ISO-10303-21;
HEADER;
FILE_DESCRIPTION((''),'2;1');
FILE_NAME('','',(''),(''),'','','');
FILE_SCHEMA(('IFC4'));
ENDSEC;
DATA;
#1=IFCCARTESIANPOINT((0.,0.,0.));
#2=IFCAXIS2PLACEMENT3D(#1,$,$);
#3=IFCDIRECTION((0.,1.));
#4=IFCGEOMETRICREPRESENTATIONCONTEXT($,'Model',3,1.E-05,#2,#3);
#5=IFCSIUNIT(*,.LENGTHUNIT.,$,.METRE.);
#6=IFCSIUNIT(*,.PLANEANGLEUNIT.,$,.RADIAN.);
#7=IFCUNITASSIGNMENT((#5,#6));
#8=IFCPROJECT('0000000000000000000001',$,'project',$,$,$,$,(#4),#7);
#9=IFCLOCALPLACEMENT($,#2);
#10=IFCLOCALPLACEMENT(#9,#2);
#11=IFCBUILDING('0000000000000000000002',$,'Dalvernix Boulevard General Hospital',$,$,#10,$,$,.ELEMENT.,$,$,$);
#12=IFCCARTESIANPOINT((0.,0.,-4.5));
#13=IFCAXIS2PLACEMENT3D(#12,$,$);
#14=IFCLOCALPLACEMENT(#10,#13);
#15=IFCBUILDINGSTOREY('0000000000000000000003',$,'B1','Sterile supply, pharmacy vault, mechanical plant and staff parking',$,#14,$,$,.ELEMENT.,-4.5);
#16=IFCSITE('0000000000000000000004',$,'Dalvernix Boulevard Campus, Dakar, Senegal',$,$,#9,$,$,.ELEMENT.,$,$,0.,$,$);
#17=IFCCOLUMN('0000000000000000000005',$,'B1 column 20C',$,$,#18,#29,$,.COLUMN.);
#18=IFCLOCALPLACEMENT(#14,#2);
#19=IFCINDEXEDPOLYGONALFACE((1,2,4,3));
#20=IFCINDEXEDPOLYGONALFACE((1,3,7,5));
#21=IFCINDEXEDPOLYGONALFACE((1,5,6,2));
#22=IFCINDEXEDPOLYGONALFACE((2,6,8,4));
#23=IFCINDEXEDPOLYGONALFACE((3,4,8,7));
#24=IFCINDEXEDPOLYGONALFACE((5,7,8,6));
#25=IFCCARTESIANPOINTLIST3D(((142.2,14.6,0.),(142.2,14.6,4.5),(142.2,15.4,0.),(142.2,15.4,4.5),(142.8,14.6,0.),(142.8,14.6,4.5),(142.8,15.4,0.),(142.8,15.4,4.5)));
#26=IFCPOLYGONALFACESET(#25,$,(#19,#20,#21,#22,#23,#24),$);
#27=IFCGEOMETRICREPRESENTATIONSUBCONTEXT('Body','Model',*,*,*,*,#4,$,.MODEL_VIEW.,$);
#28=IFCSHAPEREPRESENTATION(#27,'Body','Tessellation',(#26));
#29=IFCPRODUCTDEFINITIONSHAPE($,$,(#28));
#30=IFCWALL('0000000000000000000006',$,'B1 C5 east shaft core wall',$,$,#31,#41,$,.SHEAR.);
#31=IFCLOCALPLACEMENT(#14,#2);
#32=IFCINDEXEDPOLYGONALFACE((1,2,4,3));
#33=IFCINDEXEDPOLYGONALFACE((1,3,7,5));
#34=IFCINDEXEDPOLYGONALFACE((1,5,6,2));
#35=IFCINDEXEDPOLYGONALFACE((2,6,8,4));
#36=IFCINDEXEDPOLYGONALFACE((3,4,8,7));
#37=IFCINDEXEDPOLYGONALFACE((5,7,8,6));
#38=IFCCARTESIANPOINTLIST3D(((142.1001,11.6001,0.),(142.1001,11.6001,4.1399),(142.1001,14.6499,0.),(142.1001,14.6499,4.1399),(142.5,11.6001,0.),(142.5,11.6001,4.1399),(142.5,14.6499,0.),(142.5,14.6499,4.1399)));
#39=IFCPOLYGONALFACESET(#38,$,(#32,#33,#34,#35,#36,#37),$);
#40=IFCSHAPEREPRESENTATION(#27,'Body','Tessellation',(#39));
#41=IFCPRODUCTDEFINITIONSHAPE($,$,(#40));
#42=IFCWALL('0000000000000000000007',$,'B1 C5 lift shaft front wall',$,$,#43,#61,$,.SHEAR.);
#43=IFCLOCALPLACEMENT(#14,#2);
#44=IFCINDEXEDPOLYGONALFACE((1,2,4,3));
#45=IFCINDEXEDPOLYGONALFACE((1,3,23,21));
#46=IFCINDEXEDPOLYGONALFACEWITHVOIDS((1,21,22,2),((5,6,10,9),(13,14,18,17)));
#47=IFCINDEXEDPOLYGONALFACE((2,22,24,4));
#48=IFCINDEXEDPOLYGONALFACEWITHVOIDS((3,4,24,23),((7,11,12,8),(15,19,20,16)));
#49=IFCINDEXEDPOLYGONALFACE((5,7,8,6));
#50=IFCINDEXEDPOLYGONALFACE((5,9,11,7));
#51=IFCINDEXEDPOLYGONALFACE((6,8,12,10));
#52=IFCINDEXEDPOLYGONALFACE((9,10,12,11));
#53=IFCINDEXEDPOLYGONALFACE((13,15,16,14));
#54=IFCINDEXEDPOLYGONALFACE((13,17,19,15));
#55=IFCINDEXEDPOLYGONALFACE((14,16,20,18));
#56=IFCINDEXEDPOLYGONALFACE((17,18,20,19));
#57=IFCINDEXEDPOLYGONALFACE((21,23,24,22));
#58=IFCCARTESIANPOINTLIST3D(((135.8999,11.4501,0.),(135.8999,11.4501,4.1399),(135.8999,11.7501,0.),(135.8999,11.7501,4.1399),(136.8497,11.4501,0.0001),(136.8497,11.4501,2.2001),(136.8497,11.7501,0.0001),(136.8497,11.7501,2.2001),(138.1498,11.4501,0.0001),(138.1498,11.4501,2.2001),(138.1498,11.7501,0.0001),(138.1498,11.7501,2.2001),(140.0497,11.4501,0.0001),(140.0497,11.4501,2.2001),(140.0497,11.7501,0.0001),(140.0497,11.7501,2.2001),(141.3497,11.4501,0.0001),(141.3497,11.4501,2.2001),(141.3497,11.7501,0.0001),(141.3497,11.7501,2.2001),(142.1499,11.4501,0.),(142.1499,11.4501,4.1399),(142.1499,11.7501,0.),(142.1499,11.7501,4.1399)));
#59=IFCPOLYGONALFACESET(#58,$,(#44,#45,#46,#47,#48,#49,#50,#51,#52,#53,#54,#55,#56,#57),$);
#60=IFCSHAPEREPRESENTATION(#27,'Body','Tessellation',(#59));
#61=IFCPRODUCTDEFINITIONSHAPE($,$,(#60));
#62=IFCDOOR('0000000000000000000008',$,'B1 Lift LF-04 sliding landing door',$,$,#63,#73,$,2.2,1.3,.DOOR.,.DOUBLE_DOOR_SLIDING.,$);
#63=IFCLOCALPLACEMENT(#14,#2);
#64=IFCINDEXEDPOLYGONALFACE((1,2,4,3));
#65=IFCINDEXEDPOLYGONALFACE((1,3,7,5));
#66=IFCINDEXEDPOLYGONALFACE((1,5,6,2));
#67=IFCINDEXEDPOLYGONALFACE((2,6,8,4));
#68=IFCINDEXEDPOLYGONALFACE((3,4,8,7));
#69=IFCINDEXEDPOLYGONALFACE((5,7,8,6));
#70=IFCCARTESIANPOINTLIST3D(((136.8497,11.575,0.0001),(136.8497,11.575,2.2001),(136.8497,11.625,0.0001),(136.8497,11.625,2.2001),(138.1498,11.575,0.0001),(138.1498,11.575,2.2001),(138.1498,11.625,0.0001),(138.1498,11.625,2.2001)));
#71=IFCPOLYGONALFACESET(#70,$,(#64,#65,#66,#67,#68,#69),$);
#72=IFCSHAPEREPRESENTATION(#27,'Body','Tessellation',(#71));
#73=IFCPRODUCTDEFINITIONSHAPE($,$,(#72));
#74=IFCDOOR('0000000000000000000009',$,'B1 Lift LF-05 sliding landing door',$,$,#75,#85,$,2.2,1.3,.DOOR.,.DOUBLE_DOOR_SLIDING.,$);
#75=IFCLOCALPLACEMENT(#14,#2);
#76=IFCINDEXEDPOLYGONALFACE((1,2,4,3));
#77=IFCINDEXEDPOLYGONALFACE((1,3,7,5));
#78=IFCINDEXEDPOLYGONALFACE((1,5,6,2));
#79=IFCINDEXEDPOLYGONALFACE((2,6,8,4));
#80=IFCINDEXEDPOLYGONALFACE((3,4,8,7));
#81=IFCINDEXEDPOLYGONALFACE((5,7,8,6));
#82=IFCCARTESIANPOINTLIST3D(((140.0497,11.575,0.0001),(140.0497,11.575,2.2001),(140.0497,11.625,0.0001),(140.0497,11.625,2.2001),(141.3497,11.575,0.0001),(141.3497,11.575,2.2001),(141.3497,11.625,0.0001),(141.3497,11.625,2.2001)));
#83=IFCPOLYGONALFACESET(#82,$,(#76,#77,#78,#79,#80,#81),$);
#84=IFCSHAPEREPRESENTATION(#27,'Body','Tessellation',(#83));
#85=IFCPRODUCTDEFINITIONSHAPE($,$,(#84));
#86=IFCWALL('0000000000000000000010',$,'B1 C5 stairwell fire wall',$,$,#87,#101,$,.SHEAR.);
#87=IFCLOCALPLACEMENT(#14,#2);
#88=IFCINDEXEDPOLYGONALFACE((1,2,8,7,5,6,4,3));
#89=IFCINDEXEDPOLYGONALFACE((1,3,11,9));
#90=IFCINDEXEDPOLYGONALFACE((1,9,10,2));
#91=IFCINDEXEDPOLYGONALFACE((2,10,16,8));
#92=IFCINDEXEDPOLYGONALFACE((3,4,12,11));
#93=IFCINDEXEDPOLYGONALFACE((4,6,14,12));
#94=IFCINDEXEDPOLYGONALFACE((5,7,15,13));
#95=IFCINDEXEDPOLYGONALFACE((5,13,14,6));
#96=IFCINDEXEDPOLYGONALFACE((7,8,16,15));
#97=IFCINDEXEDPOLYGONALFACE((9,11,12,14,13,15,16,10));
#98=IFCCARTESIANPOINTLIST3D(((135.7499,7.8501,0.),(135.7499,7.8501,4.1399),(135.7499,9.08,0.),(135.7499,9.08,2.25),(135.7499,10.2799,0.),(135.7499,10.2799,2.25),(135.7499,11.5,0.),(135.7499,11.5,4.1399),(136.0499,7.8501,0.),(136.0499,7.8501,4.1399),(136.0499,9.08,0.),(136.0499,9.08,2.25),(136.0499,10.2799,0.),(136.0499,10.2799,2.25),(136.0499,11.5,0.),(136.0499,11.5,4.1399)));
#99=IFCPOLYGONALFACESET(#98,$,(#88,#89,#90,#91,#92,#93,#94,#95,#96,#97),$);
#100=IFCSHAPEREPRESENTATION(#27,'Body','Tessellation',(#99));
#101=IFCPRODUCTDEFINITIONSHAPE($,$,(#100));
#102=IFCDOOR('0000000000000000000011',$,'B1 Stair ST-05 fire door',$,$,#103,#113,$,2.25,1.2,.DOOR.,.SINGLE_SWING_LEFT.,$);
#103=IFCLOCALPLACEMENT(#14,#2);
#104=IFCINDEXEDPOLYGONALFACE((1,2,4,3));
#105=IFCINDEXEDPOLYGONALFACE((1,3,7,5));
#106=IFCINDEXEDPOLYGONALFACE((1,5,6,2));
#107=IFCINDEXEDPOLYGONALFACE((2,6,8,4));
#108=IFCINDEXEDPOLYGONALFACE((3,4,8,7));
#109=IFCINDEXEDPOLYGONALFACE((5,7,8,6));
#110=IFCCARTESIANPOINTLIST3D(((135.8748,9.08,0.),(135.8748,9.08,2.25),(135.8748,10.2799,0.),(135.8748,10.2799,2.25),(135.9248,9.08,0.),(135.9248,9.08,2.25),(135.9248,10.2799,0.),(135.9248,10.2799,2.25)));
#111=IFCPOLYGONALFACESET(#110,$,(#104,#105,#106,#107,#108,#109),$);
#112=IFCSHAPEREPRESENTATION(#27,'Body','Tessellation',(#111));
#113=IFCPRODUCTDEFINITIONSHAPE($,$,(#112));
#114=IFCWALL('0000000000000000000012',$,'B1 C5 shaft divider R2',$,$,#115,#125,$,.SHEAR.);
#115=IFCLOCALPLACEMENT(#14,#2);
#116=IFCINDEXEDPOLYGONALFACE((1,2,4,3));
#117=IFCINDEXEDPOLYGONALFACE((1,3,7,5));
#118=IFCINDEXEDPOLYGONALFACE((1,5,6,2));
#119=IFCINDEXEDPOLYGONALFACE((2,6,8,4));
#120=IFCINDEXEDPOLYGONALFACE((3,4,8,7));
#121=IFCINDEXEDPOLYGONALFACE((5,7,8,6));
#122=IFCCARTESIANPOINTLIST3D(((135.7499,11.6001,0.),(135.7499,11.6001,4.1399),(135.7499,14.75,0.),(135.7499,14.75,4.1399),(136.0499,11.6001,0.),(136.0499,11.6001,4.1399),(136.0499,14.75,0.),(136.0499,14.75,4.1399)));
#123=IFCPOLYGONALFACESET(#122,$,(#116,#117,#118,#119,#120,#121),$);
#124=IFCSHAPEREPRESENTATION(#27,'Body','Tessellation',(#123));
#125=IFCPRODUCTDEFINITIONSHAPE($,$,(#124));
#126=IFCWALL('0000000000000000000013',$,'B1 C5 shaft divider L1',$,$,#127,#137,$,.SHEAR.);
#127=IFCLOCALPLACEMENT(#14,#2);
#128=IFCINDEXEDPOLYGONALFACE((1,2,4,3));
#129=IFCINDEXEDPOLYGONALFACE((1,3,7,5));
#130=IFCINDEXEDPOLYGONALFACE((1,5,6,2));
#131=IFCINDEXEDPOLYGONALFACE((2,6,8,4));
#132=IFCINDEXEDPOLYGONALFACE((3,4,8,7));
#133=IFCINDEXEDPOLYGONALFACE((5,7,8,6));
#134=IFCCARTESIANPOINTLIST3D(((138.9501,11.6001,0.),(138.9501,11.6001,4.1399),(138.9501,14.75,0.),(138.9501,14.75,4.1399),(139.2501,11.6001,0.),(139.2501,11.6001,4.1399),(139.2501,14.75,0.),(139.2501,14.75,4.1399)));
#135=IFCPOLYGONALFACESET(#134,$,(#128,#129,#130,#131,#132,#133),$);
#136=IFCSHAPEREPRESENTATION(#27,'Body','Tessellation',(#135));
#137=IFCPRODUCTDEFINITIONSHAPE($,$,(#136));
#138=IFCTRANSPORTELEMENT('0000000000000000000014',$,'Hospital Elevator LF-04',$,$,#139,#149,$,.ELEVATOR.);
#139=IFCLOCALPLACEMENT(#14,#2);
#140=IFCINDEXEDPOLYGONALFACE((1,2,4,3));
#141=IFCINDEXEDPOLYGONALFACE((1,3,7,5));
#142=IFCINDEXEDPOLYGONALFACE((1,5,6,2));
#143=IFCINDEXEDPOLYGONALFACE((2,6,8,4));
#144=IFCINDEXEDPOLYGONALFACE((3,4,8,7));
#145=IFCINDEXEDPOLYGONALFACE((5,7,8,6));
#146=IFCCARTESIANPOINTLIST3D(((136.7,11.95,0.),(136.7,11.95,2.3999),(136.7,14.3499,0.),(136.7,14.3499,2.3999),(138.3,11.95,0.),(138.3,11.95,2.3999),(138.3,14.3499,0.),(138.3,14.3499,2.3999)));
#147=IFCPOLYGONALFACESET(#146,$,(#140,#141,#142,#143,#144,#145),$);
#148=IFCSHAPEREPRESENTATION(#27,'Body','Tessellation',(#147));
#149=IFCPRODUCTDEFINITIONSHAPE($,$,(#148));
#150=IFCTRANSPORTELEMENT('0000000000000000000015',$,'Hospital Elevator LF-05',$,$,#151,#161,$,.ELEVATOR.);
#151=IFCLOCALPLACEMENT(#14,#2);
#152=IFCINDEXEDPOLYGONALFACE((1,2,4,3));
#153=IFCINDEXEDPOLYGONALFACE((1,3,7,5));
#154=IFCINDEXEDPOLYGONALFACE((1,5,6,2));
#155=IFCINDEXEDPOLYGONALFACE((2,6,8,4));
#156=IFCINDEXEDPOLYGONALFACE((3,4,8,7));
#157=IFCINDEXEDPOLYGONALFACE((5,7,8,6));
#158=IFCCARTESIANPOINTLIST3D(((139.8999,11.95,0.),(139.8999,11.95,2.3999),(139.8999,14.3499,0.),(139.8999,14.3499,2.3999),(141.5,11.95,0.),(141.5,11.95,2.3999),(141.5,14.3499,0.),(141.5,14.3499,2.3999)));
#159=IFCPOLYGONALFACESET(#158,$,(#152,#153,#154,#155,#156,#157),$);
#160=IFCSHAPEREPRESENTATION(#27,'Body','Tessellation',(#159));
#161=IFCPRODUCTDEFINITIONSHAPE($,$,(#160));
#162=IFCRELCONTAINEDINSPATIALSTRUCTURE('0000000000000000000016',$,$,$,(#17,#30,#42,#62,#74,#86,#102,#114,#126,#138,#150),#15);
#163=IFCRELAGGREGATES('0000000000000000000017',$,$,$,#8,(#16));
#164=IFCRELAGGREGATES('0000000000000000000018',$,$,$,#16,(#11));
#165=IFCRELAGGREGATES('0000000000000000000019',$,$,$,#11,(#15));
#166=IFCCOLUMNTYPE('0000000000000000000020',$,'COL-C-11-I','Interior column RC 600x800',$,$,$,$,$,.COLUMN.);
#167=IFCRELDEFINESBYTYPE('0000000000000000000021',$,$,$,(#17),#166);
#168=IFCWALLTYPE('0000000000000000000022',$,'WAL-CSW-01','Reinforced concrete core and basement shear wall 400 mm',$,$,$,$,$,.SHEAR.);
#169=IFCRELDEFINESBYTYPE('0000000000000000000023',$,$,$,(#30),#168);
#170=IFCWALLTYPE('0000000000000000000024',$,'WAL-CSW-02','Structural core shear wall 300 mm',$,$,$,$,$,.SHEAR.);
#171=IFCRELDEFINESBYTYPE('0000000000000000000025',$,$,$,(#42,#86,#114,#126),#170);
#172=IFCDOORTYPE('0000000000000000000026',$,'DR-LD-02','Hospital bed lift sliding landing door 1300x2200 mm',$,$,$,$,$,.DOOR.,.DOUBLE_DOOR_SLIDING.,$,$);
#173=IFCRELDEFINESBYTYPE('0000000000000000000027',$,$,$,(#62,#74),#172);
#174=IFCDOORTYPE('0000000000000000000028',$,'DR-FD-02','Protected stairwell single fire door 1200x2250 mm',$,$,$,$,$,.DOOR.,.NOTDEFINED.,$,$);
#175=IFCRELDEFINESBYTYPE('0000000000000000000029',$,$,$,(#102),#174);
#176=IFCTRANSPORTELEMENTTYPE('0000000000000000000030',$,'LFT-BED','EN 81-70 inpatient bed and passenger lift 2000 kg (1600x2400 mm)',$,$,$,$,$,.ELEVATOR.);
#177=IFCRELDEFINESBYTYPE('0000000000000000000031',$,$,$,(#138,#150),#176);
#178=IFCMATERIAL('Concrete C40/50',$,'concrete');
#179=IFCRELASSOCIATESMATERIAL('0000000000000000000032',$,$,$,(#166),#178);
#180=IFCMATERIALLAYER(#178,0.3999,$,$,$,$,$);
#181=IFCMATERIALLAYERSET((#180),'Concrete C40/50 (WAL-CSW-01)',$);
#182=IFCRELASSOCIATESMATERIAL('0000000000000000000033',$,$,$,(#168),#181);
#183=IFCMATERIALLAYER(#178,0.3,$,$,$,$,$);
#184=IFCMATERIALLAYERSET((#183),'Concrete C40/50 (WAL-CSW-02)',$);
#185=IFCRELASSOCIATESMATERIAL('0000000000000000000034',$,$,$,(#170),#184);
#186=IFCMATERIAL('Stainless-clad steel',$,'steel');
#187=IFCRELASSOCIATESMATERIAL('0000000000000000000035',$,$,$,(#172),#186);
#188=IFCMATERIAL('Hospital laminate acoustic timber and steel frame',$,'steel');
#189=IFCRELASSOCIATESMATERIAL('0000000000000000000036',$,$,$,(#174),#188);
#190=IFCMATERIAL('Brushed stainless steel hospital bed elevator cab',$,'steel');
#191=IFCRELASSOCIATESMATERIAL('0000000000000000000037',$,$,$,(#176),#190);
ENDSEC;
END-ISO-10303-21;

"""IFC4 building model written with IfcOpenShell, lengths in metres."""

from ifc_helpers import new_model, si_unit, direction, frame, frame_2d, origin, origin_2d, place, context, subcontext, project, spatial, rectangle, extrude, material, layer, layer_set, material_profile, profile_set, type_object, element, fill, save


model = new_model("IFC4")

# Units and contexts
model_context = context("Model", 3, precision=1e-05, world=origin(), true_north=direction((0.0, 1.0)))
body_context = subcontext(model_context, "Body", "Model", "MODEL_VIEW")
ifc_project = project(units=[si_unit("LENGTHUNIT", "METRE"), si_unit("PLANEANGLEUNIT", "RADIAN")], contexts=[model_context])

# Site, building, storey
site_placement = place(None, origin())
site = spatial("IfcSite", under=ifc_project, at=site_placement, Name="Dalvernix Boulevard Campus, Dakar, Senegal", CompositionType="ELEMENT", RefElevation=0.0)
building_placement = place(site_placement, origin())
building = spatial("IfcBuilding", under=site, at=building_placement, Name="Dalvernix Boulevard General Hospital", CompositionType="ELEMENT")
storey_placement = place(building_placement, frame((0.0, 0.0, -4.5)))
storey = spatial("IfcBuildingStorey", under=building, at=storey_placement, Name="B1", Description="Sterile supply, pharmacy vault, mechanical plant and staff parking", CompositionType="ELEMENT", Elevation=-4.5)

# Shared definitions
ifc_material_1 = material(Name="Concrete C40/50", Category="concrete")

# Column
ifc_material_profile_1 = material_profile(ifc_material_1, rectangle(XDim=0.6001, YDim=0.8, at=origin_2d()), Name="RC 600x800")
ifc_profile_set_1 = profile_set([ifc_material_profile_1], Name="Concrete C40/50")
column_type = type_object("IfcColumnType", Name="COL-C-11-I", Description="Interior column RC 600x800", PredefinedType="COLUMN", material=ifc_profile_set_1)
column_placement = place(storey_placement, frame((142.5, 15.0, 0.0), z_axis=(0.0, 0.0, 1.0), x_axis=(1.0, 0.0, 0.0)))
element("IfcColumn", 1, at=column_placement, inside=storey, type_object=column_type, Name="B1 column 20C", PredefinedType="COLUMN", context=body_context, shape_type="SweptSolid", body=[
    extrude(rectangle(XDim=0.6001, YDim=0.8, at=origin_2d()), origin(), (0.0, 0.0, 1.0), 4.5),
])

# Wall
ifc_layer_1 = layer(ifc_material_1, 0.3999)
ifc_layer_set_1 = layer_set([ifc_layer_1], Name="Concrete C40/50 (WAL-CSW-01)")
wall_type_1 = type_object("IfcWallType", Name="WAL-CSW-01", Description="Reinforced concrete core and basement shear wall 400 mm", PredefinedType="SHEAR", material=ifc_layer_set_1)
wall_1_placement = place(storey_placement, frame((142.3, 11.6001, 0.0), z_axis=(0.0, 0.0, 1.0), x_axis=(0.0, 1.0, 0.0)))
element("IfcWall", 2, at=wall_1_placement, inside=storey, type_object=wall_type_1, Name="B1 C5 east shaft core wall", PredefinedType="SHEAR", context=body_context, shape_type="SweptSolid", body=[
    extrude(rectangle(XDim=3.0498, YDim=0.3999, at=frame_2d((1.5249, 0.0))), origin(), (0.0, 0.0, 1.0), 4.1399),
])

# Wall, openings, doors
ifc_layer_2 = layer(ifc_material_1, 0.3)
ifc_layer_set_2 = layer_set([ifc_layer_2], Name="Concrete C40/50 (WAL-CSW-02)")
wall_type_2 = type_object("IfcWallType", Name="WAL-CSW-02", Description="Structural core shear wall 300 mm", PredefinedType="SHEAR", material=ifc_layer_set_2)
wall_2_placement = place(storey_placement, frame((135.8999, 11.6001, 0.0), z_axis=(0.0, 0.0, 1.0), x_axis=(1.0, 0.0, 0.0)))
wall_2 = element("IfcWall", 3, at=wall_2_placement, inside=storey, type_object=wall_type_2, Name="B1 C5 lift shaft front wall", PredefinedType="SHEAR", context=body_context, shape_type="SweptSolid", body=[
    extrude(rectangle(XDim=6.25, YDim=0.3, at=frame_2d((3.125, 0.0))), origin(), (0.0, 0.0, 1.0), 4.1399),
])
opening_1_placement = place(wall_2_placement, frame((0.95, 0.0, 0.0)))
opening_1 = element("IfcOpeningElement", 4, at=opening_1_placement, cuts=wall_2, PredefinedType="OPENING", context=body_context, shape_type="SweptSolid", body=[
    extrude(rectangle(XDim=1.3, YDim=2.2, at=frame_2d((0.6499, 1.1001))), frame((0.0, 0.1599, 0.0), z_axis=(0.0, -1.0, 0.0), x_axis=(1.0, 0.0, 0.0)), (0.0, 0.0, 1.0), 0.3201),
])
opening_2_placement = place(wall_2_placement, frame((4.1499, 0.0, 0.0)))
opening_2 = element("IfcOpeningElement", 5, at=opening_2_placement, cuts=wall_2, PredefinedType="OPENING", context=body_context, shape_type="SweptSolid", body=[
    extrude(rectangle(XDim=1.3, YDim=2.2, at=frame_2d((0.6499, 1.1001))), frame((0.0, 0.1599, 0.0), z_axis=(0.0, -1.0, 0.0), x_axis=(1.0, 0.0, 0.0)), (0.0, 0.0, 1.0), 0.3201),
])
ifc_material_2 = material(Name="Stainless-clad steel", Category="steel")
door_type_1 = type_object("IfcDoorType", Name="DR-LD-02", Description="Hospital bed lift sliding landing door 1300x2200 mm", OperationType="DOUBLE_DOOR_SLIDING", PredefinedType="DOOR", material=ifc_material_2)
door_1_placement = place(opening_1_placement, origin())
door_1 = element("IfcDoor", 6, at=door_1_placement, inside=storey, type_object=door_type_1, Name="B1 Lift LF-04 sliding landing door", OperationType="DOUBLE_DOOR_SLIDING", OverallHeight=2.2, OverallWidth=1.3, PredefinedType="DOOR", context=body_context, shape_type="SweptSolid", body=[
    extrude(rectangle(XDim=1.3, YDim=2.2, at=frame_2d((0.6499, 1.1001))), frame((0.0, 0.0249, 0.0), z_axis=(0.0, -1.0, 0.0), x_axis=(1.0, 0.0, 0.0)), (0.0, 0.0, 1.0), 0.05),
])
fill(opening_1, door_1)
door_2_placement = place(opening_2_placement, origin())
door_2 = element("IfcDoor", 7, at=door_2_placement, inside=storey, type_object=door_type_1, Name="B1 Lift LF-05 sliding landing door", OperationType="DOUBLE_DOOR_SLIDING", OverallHeight=2.2, OverallWidth=1.3, PredefinedType="DOOR", context=body_context, shape_type="SweptSolid", body=[
    extrude(rectangle(XDim=1.3, YDim=2.2, at=frame_2d((0.6499, 1.1001))), frame((0.0, 0.0249, 0.0), z_axis=(0.0, -1.0, 0.0), x_axis=(1.0, 0.0, 0.0)), (0.0, 0.0, 1.0), 0.05),
])
fill(opening_2, door_2)

# Wall, opening, door
wall_3_placement = place(storey_placement, frame((135.8999, 11.5, 0.0), z_axis=(0.0, 0.0, 1.0), x_axis=(0.0, -1.0, 0.0)))
wall_3 = element("IfcWall", 8, at=wall_3_placement, inside=storey, type_object=wall_type_2, Name="B1 C5 stairwell fire wall", PredefinedType="SHEAR", context=body_context, shape_type="SweptSolid", body=[
    extrude(rectangle(XDim=3.6499, YDim=0.3, at=frame_2d((1.825, 0.0))), origin(), (0.0, 0.0, 1.0), 4.1399),
])
opening_3_placement = place(wall_3_placement, frame((1.22, 0.0, 0.0)))
opening_3 = element("IfcOpeningElement", 9, at=opening_3_placement, cuts=wall_3, PredefinedType="OPENING", context=body_context, shape_type="SweptSolid", body=[
    extrude(rectangle(XDim=1.2, YDim=2.25, at=frame_2d((0.6001, 1.125))), frame((0.0, 0.1599, 0.0), z_axis=(0.0, -1.0, 0.0), x_axis=(1.0, 0.0, 0.0)), (0.0, 0.0, 1.0), 0.3201),
])
ifc_material_3 = material(Name="Hospital laminate acoustic timber and steel frame", Category="steel")
door_type_2 = type_object("IfcDoorType", Name="DR-FD-02", Description="Protected stairwell single fire door 1200x2250 mm", OperationType="NOTDEFINED", PredefinedType="DOOR", material=ifc_material_3)
door_3_placement = place(opening_3_placement, origin())
door_3 = element("IfcDoor", 10, at=door_3_placement, inside=storey, type_object=door_type_2, Name="B1 Stair ST-05 fire door", OperationType="SINGLE_SWING_LEFT", OverallHeight=2.25, OverallWidth=1.2, PredefinedType="DOOR", context=body_context, shape_type="SweptSolid", body=[
    extrude(rectangle(XDim=1.2, YDim=2.25, at=frame_2d((0.6001, 1.125))), frame((0.0, 0.0249, 0.0), z_axis=(0.0, -1.0, 0.0), x_axis=(1.0, 0.0, 0.0)), (0.0, 0.0, 1.0), 0.05),
])
fill(opening_3, door_3)

# Walls
for number, where, z_axis, x_axis, name in (
    (11, (135.8999, 11.6001, 0.0), (0.0, 0.0, 1.0), (0.0, 1.0, 0.0), "B1 C5 shaft divider R2"),
    (12, (139.1001, 11.6001, 0.0), (0.0, 0.0, 1.0), (0.0, 1.0, 0.0), "B1 C5 shaft divider L1"),
):
    element("IfcWall", number, at=place(storey_placement, frame(where, z_axis=z_axis, x_axis=x_axis)), inside=storey, type_object=wall_type_2, Name=name, PredefinedType="SHEAR", context=body_context, shape_type="SweptSolid", body=[
        extrude(rectangle(XDim=3.1499, YDim=0.3, at=frame_2d((1.575, 0.0))), origin(), (0.0, 0.0, 1.0), 4.1399),
    ])

# Transport elements
ifc_material_4 = material(Name="Brushed stainless steel hospital bed elevator cab", Category="steel")
transport_element_type = type_object("IfcTransportElementType", Name="LFT-BED", Description="EN 81-70 inpatient bed and passenger lift 2000 kg (1600x2400 mm)", PredefinedType="ELEVATOR", material=ifc_material_4)
for number, where, z_axis, x_axis, name in (
    (13, (137.5, 13.1499, 0.0), (0.0, 0.0, 1.0), (1.0, 0.0, 0.0), "Hospital Elevator LF-04"),
    (14, (140.7, 13.1499, 0.0), (0.0, 0.0, 1.0), (1.0, 0.0, 0.0), "Hospital Elevator LF-05"),
):
    element("IfcTransportElement", number, at=place(storey_placement, frame(where, z_axis=z_axis, x_axis=x_axis)), inside=storey, type_object=transport_element_type, Name=name, PredefinedType="ELEVATOR", context=body_context, shape_type="SweptSolid", body=[
        extrude(rectangle(XDim=1.6001, YDim=2.3999, at=origin_2d()), origin(), (0.0, 0.0, 1.0), 2.3999),
    ])

save(model, "model.ifc")
